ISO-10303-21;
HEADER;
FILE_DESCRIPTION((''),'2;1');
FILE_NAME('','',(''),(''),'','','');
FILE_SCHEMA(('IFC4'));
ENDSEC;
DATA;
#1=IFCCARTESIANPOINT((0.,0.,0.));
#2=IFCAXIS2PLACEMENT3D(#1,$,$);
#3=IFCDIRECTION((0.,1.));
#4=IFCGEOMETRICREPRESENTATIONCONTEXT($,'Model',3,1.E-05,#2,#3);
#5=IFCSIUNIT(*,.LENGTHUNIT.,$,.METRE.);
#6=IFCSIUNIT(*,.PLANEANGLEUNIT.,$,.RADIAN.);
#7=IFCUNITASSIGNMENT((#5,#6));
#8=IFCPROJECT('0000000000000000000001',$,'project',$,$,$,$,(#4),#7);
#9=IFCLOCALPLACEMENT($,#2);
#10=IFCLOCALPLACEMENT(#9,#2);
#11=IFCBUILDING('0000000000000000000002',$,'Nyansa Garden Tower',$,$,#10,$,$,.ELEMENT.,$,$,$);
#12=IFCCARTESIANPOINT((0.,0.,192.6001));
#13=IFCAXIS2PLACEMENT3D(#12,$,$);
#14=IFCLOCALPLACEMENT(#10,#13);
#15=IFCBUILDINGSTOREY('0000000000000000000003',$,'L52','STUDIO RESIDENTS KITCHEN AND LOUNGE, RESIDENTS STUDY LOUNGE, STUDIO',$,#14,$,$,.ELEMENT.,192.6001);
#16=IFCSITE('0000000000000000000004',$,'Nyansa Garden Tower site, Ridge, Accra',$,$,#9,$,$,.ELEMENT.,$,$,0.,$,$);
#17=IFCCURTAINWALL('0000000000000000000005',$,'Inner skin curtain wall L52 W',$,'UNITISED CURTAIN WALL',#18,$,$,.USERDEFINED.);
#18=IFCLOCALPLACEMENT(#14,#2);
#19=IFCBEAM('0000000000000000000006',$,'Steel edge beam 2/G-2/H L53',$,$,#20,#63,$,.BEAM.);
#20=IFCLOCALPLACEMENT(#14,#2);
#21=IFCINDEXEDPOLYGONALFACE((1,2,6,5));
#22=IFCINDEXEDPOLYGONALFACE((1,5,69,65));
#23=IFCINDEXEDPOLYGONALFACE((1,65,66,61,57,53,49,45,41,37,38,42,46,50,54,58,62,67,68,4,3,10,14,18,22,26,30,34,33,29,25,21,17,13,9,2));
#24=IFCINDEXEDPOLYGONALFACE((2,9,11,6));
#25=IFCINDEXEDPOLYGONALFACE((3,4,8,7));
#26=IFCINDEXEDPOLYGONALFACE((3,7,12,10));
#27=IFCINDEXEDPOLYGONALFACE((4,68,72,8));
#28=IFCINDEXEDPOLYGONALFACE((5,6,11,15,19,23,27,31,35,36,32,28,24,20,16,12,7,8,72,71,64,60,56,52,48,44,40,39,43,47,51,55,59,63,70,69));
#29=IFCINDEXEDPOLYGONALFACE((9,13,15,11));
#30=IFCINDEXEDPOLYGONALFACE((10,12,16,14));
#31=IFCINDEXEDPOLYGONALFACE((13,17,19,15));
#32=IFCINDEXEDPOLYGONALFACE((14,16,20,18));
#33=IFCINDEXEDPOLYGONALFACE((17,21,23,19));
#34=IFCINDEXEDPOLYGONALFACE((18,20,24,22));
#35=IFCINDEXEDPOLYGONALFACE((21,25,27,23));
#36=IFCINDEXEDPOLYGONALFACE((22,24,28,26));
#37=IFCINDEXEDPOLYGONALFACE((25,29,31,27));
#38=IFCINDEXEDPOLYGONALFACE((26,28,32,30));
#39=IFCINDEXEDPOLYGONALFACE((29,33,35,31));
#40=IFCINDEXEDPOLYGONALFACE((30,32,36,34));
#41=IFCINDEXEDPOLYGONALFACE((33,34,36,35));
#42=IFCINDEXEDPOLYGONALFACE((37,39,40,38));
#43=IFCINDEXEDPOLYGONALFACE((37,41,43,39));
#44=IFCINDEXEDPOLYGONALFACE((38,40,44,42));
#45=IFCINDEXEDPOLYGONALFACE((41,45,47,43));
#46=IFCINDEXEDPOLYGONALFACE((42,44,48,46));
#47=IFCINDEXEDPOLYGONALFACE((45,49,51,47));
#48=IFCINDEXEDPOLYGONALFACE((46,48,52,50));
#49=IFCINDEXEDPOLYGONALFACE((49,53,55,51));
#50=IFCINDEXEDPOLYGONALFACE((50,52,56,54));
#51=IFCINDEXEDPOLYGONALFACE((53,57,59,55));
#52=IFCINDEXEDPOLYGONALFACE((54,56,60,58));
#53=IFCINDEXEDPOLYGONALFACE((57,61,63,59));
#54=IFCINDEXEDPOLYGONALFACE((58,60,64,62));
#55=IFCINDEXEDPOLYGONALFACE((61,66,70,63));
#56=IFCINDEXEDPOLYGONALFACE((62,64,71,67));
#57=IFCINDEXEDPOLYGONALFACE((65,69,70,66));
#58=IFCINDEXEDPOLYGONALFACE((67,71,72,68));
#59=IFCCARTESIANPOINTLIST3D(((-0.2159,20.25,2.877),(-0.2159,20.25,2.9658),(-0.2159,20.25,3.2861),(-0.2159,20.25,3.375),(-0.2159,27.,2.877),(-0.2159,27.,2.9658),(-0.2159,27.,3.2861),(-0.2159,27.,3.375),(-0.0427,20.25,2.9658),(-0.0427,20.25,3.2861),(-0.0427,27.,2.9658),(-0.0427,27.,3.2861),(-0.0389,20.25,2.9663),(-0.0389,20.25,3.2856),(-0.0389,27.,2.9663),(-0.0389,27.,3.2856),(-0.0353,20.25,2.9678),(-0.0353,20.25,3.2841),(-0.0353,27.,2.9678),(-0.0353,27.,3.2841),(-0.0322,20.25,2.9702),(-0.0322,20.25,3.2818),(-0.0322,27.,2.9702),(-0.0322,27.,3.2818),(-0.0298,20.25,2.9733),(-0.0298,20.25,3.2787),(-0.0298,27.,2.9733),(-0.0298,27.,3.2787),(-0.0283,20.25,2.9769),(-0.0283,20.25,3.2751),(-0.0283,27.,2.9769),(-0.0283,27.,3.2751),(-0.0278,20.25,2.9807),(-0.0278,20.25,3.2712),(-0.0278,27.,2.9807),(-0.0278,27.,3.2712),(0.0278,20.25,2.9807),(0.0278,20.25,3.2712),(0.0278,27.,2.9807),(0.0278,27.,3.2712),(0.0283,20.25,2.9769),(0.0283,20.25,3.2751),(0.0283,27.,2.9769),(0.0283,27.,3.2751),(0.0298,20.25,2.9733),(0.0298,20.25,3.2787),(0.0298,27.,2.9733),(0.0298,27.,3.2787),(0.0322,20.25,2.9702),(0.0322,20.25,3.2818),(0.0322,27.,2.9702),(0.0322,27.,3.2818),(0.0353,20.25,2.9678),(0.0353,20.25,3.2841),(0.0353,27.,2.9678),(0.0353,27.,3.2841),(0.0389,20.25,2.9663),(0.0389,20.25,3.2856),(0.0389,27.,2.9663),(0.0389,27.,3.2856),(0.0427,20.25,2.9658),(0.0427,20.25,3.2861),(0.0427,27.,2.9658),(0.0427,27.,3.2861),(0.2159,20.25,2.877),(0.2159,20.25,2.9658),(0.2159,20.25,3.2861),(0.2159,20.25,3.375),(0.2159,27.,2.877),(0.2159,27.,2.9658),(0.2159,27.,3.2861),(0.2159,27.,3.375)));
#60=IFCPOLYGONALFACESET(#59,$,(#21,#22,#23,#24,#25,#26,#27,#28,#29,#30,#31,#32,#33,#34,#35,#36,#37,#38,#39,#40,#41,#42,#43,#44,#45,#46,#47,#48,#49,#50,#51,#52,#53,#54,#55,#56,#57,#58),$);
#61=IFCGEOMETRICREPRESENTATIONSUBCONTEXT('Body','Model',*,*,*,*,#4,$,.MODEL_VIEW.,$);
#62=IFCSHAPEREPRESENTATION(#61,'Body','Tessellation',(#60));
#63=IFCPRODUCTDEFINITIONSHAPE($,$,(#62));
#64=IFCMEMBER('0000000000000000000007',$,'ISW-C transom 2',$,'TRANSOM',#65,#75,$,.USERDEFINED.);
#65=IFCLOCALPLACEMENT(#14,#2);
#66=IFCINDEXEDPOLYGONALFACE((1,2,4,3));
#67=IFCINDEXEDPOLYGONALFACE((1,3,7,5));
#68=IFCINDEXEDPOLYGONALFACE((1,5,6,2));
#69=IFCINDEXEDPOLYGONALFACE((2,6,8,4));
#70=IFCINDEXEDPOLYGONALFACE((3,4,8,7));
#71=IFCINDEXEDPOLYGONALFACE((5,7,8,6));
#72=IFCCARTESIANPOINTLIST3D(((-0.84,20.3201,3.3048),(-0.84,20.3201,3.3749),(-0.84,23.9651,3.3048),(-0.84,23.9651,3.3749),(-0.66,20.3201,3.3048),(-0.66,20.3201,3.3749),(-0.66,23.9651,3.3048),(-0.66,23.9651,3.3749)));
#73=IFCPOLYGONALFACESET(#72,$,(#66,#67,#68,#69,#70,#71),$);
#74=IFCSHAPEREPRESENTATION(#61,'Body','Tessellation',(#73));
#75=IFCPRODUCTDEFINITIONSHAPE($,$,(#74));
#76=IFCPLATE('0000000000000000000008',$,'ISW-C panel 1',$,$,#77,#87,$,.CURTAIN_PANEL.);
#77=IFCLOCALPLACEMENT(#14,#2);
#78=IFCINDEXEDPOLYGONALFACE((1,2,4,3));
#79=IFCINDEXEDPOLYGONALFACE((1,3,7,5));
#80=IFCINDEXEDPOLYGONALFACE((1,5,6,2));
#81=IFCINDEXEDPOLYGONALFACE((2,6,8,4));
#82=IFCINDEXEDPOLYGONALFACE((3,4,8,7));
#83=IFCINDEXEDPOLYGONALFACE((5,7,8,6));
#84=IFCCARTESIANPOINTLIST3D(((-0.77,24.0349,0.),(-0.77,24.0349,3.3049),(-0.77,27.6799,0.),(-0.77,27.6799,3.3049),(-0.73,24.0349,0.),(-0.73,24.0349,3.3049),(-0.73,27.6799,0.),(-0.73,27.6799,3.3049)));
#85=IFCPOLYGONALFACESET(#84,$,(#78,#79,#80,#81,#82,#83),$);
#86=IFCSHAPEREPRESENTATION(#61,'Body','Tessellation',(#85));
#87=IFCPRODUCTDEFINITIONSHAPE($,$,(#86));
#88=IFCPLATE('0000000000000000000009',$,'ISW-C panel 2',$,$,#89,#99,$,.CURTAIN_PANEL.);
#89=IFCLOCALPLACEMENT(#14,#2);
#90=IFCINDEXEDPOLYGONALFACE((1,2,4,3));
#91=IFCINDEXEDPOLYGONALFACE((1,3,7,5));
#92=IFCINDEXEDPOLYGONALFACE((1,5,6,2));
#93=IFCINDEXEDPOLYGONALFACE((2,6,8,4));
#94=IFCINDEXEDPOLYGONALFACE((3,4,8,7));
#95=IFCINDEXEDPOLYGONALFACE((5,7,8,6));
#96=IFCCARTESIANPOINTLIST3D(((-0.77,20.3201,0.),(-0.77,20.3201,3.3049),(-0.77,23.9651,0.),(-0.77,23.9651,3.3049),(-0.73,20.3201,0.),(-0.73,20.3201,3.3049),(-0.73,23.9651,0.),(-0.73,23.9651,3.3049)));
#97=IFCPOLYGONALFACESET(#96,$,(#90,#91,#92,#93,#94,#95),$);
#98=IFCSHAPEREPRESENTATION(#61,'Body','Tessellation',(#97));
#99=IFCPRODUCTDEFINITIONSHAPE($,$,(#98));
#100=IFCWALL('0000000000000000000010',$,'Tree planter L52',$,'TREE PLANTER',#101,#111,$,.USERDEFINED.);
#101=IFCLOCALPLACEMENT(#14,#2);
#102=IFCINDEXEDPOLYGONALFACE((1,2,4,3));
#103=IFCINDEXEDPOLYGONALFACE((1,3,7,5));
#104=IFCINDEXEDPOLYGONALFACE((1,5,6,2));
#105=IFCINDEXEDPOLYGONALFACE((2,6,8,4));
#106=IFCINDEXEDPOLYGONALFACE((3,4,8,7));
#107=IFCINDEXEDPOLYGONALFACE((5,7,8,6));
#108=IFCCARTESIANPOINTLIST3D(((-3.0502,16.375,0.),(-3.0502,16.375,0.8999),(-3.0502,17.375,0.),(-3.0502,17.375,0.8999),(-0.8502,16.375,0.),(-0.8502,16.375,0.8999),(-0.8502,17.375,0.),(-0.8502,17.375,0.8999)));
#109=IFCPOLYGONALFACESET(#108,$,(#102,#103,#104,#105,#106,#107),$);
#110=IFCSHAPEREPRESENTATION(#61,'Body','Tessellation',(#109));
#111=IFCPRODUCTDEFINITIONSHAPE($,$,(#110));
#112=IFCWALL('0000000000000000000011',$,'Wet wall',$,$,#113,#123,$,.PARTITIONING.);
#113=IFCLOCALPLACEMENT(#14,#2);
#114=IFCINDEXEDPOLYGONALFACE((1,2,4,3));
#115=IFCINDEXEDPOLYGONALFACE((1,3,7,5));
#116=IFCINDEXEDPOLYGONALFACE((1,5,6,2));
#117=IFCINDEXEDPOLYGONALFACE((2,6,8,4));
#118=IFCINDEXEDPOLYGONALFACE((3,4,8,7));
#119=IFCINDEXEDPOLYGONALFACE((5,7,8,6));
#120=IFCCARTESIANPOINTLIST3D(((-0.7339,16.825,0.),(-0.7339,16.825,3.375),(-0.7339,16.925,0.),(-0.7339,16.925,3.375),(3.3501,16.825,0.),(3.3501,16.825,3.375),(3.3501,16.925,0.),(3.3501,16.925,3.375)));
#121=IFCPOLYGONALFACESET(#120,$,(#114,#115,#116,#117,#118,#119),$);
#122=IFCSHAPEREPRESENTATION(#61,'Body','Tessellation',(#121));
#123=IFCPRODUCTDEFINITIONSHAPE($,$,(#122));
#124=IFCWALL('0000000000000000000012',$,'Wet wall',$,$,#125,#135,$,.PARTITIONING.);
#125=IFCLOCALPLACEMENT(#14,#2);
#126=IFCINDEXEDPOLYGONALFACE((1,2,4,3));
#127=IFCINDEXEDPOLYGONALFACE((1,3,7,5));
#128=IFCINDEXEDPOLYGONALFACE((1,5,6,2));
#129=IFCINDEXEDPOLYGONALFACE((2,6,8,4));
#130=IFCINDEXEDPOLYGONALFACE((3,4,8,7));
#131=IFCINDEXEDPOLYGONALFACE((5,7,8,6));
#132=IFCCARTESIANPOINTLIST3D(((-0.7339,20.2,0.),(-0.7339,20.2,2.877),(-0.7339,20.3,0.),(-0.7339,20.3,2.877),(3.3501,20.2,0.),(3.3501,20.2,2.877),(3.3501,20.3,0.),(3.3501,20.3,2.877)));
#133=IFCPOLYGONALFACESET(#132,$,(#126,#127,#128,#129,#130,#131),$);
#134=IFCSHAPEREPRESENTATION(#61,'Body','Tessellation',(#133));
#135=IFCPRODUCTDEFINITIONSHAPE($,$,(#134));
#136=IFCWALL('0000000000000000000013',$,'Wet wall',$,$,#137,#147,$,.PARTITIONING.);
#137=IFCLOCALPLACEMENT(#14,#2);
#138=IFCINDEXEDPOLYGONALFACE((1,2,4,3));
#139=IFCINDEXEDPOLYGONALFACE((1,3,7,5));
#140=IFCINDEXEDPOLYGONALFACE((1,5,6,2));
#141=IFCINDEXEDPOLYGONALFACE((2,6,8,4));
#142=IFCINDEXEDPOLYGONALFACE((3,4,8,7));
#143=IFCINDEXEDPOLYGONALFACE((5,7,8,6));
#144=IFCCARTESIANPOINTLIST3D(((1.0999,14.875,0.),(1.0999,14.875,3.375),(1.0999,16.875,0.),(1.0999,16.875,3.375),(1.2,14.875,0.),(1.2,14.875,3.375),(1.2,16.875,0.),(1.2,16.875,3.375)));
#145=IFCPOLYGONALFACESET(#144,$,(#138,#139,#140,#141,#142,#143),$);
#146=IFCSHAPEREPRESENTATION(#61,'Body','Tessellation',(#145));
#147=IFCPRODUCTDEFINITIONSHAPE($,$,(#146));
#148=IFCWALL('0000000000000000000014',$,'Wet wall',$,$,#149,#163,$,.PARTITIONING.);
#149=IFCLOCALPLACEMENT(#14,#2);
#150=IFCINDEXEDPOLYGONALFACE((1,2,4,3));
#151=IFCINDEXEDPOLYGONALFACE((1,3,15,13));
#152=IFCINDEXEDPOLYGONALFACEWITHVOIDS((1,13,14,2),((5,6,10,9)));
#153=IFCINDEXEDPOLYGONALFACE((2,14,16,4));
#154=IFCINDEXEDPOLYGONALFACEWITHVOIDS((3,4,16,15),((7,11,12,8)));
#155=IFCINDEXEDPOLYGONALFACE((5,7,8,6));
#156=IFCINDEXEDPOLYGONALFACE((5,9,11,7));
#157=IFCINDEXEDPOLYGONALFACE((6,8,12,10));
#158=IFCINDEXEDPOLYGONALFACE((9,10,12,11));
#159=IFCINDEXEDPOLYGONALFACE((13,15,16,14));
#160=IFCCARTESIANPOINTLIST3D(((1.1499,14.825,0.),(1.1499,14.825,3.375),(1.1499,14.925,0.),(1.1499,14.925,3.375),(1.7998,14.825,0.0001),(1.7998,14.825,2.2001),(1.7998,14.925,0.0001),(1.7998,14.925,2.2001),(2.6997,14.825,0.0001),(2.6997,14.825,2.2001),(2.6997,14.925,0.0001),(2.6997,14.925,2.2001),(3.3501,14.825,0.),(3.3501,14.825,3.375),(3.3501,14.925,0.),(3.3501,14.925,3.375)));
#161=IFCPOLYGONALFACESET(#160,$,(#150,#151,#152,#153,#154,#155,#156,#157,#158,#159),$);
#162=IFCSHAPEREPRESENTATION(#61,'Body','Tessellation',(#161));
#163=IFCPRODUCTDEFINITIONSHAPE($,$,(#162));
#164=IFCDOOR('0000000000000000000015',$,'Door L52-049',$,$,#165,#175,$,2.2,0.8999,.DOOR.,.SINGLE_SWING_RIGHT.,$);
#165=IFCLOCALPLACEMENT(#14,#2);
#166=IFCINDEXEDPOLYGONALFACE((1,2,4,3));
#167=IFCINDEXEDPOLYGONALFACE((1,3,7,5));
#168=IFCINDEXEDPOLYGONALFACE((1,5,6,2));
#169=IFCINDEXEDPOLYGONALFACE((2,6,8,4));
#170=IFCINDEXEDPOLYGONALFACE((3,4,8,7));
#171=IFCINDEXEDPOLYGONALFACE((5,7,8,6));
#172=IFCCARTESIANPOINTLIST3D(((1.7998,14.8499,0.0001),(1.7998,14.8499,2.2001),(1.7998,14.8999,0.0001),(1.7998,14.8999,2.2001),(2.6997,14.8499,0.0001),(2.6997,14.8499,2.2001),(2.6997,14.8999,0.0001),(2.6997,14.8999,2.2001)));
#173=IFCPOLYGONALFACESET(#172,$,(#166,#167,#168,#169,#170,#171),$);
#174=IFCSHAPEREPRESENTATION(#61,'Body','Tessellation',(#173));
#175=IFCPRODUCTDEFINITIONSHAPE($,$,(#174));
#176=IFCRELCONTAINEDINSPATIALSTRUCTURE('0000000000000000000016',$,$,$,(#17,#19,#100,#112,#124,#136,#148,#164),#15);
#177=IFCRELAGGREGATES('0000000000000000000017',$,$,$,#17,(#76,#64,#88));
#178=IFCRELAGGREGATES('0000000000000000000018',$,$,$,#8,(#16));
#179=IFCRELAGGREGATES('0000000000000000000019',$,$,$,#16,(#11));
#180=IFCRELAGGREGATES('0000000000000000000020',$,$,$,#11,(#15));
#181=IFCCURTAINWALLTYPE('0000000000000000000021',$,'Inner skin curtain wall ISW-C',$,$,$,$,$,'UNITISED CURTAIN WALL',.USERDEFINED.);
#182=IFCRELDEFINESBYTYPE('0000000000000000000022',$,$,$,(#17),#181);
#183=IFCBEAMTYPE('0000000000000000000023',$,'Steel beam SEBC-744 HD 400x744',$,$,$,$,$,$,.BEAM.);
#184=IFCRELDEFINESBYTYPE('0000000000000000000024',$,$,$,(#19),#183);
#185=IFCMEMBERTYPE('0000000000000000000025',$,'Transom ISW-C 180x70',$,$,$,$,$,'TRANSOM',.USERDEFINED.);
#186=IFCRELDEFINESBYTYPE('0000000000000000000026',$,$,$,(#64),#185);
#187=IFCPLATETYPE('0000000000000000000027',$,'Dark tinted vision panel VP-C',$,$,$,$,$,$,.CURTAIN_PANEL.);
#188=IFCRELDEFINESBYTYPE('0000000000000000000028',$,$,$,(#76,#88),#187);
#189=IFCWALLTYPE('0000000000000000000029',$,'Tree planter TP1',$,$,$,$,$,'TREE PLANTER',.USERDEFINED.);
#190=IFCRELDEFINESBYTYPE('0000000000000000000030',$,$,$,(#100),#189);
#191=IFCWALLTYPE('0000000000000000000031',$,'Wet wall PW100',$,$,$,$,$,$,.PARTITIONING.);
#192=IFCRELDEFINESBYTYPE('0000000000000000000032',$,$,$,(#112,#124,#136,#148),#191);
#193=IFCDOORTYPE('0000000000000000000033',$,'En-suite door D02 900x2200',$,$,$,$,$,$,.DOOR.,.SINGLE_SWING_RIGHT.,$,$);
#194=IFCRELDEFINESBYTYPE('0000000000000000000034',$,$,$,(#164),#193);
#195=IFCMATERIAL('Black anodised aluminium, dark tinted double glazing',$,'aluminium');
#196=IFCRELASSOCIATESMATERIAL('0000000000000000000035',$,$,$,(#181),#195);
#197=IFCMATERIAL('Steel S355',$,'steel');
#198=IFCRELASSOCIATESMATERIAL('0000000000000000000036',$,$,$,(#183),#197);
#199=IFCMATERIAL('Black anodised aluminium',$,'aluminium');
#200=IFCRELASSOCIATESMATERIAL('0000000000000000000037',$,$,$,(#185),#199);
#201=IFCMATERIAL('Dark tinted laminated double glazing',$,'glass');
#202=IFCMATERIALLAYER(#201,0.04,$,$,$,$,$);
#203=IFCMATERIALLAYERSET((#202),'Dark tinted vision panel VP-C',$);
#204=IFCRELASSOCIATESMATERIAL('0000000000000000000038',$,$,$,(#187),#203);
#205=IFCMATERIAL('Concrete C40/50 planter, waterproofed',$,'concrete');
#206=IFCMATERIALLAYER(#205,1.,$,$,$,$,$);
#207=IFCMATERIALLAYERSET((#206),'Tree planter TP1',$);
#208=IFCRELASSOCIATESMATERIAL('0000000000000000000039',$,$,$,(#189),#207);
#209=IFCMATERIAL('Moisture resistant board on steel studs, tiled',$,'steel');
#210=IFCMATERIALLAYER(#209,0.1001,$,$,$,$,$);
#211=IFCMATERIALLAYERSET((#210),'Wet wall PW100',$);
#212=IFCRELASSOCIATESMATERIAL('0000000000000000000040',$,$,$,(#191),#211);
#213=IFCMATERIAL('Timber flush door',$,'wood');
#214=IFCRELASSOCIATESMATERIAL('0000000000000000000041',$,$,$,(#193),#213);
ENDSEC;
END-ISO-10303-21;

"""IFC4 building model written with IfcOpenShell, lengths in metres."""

from ifc_helpers import new_model, si_unit, direction, frame, frame_2d, origin, origin_2d, place, context, subcontext, project, spatial, rectangle, i_section, extrude, material, layer, layer_set, material_profile, profile_set, type_object, element, fill, aggregate, save


model = new_model("IFC4")

# Units and contexts
model_context = context("Model", 3, precision=1e-05, world=origin(), true_north=direction((0.0, 1.0)))
body_context = subcontext(model_context, "Body", "Model", "MODEL_VIEW")
ifc_project = project(units=[si_unit("LENGTHUNIT", "METRE"), si_unit("PLANEANGLEUNIT", "RADIAN")], contexts=[model_context])

# Site, building, storey
site_placement = place(None, origin())
site = spatial("IfcSite", under=ifc_project, at=site_placement, Name="Nyansa Garden Tower site, Ridge, Accra", CompositionType="ELEMENT", RefElevation=0.0)
building_placement = place(site_placement, origin())
building = spatial("IfcBuilding", under=site, at=building_placement, Name="Nyansa Garden Tower", CompositionType="ELEMENT")
storey_placement = place(building_placement, frame((0.0, 0.0, 192.6001)))
storey = spatial("IfcBuildingStorey", under=building, at=storey_placement, Name="L52", Description="STUDIO RESIDENTS KITCHEN AND LOUNGE, RESIDENTS STUDY LOUNGE, STUDIO", CompositionType="ELEMENT", Elevation=192.6001)

# Curtain wall
ifc_material_1 = material(Name="Black anodised aluminium, dark tinted double glazing", Category="aluminium")
curtain_wall_type = type_object("IfcCurtainWallType", Name="Inner skin curtain wall ISW-C", ElementType="UNITISED CURTAIN WALL", PredefinedType="USERDEFINED", material=ifc_material_1)
curtain_wall_placement = place(storey_placement, origin())
curtain_wall = element("IfcCurtainWall", 1, at=curtain_wall_placement, inside=storey, type_object=curtain_wall_type, Name="Inner skin curtain wall L52 W", ObjectType="UNITISED CURTAIN WALL", PredefinedType="USERDEFINED")

# Beam
ifc_material_2 = material(Name="Steel S355", Category="steel")
ifc_material_profile_1 = material_profile(ifc_material_2, i_section(OverallWidth=0.4319, OverallDepth=0.498, WebThickness=0.0557, FlangeThickness=0.0889, FilletRadius=0.0149, at=origin_2d()), Name="HD 400x744")
ifc_profile_set_1 = profile_set([ifc_material_profile_1], Name="Steel S355")
beam_type_1 = type_object("IfcBeamType", Name="Steel beam SEBC-744 HD 400x744", PredefinedType="BEAM", material=ifc_profile_set_1)
beam_placement = place(storey_placement, frame((0.0, 20.25, 3.126), z_axis=(0.0, 1.0, 0.0), x_axis=(-1.0, 0.0, 0.0)))
element("IfcBeam", 2, at=beam_placement, inside=storey, type_object=beam_type_1, Name="Steel edge beam 2/G-2/H L53", PredefinedType="BEAM", context=body_context, shape_type="SweptSolid", body=[
    extrude(i_section(OverallWidth=0.4319, OverallDepth=0.498, WebThickness=0.0557, FlangeThickness=0.0889, FilletRadius=0.0149, at=origin_2d()), origin(), (0.0, 0.0, 1.0), 6.75),
])

# Member
ifc_material_3 = material(Name="Black anodised aluminium", Category="aluminium")
ifc_material_profile_2 = material_profile(ifc_material_3, rectangle(XDim=0.1799, YDim=0.0701, at=origin_2d()), Name="Transom 180x70")
ifc_profile_set_2 = profile_set([ifc_material_profile_2], Name="Black anodised aluminium")
member_type_1 = type_object("IfcMemberType", Name="Transom ISW-C 180x70", ElementType="TRANSOM", PredefinedType="USERDEFINED", material=ifc_profile_set_2)
member_1_placement = place(storey_placement, frame((-0.75, 23.9651, 3.3398), z_axis=(0.0, -1.0, 0.0), x_axis=(1.0, 0.0, 0.0)))
member_1 = element("IfcMember", 3, at=member_1_placement, type_object=member_type_1, Name="ISW-C transom 2", ObjectType="TRANSOM", PredefinedType="USERDEFINED", context=body_context, shape_type="SweptSolid", body=[
    extrude(rectangle(XDim=0.1799, YDim=0.0701, at=origin_2d()), origin(), (0.0, 0.0, 1.0), 3.645),
])

# Plates
ifc_material_4 = material(Name="Dark tinted laminated double glazing", Category="glass")
ifc_layer_1 = layer(ifc_material_4, 0.04)
ifc_layer_set_1 = layer_set([ifc_layer_1], Name="Dark tinted vision panel VP-C")
plate_type = type_object("IfcPlateType", Name="Dark tinted vision panel VP-C", PredefinedType="CURTAIN_PANEL", material=ifc_layer_set_1)
plate_1_placement = place(storey_placement, frame((-0.75, 25.8574, 0.0), z_axis=(0.0, 0.0, 1.0), x_axis=(0.0, -1.0, 0.0)))
plate_1 = element("IfcPlate", 4, at=plate_1_placement, type_object=plate_type, Name="ISW-C panel 1", PredefinedType="CURTAIN_PANEL", context=body_context, shape_type="SweptSolid", body=[
    extrude(rectangle(XDim=3.645, YDim=0.04, at=origin_2d()), origin(), (0.0, 0.0, 1.0), 3.3049),
])
plate_2_placement = place(storey_placement, frame((-0.75, 22.1426, 0.0), z_axis=(0.0, 0.0, 1.0), x_axis=(0.0, -1.0, 0.0)))
plate_2 = element("IfcPlate", 5, at=plate_2_placement, type_object=plate_type, Name="ISW-C panel 2", PredefinedType="CURTAIN_PANEL", context=body_context, shape_type="SweptSolid", body=[
    extrude(rectangle(XDim=3.645, YDim=0.04, at=origin_2d()), origin(), (0.0, 0.0, 1.0), 3.3049),
])
aggregate(curtain_wall, [plate_1, member_1, plate_2])

# Walls
ifc_material_5 = material(Name="Concrete C40/50 planter, waterproofed", Category="concrete")
ifc_layer_2 = layer(ifc_material_5, 1.0)
ifc_layer_set_2 = layer_set([ifc_layer_2], Name="Tree planter TP1")
wall_type_1 = type_object("IfcWallType", Name="Tree planter TP1", ElementType="TREE PLANTER", PredefinedType="USERDEFINED", material=ifc_layer_set_2)
wall_1_placement = place(storey_placement, frame((-0.8501, 16.875, 0.0), z_axis=(0.0, 0.0, 1.0), x_axis=(-1.0, 0.0, 0.0)))
element("IfcWall", 6, at=wall_1_placement, inside=storey, type_object=wall_type_1, Name="Tree planter L52", ObjectType="TREE PLANTER", PredefinedType="USERDEFINED", context=body_context, shape_type="SweptSolid", body=[
    extrude(rectangle(XDim=2.2, YDim=1.0, at=frame_2d((1.1001, 0.0))), origin(), (0.0, 0.0, 1.0), 0.8999),
])
ifc_material_6 = material(Name="Moisture resistant board on steel studs, tiled", Category="steel")
ifc_layer_3 = layer(ifc_material_6, 0.1001)
ifc_layer_set_3 = layer_set([ifc_layer_3], Name="Wet wall PW100")
wall_type_2 = type_object("IfcWallType", Name="Wet wall PW100", PredefinedType="PARTITIONING", material=ifc_layer_set_3)
wall_2_placement = place(storey_placement, frame((-0.7339, 16.875, 0.0), z_axis=(0.0, 0.0, 1.0), x_axis=(1.0, 0.0, 0.0)))
element("IfcWall", 7, at=wall_2_placement, inside=storey, type_object=wall_type_2, Name="Wet wall", PredefinedType="PARTITIONING", context=body_context, shape_type="SweptSolid", body=[
    extrude(rectangle(XDim=4.084, YDim=0.1001, at=frame_2d((2.042, 0.0))), origin(), (0.0, 0.0, 1.0), 3.375),
])
wall_3_placement = place(storey_placement, frame((-0.7339, 20.25, 0.0), z_axis=(0.0, 0.0, 1.0), x_axis=(1.0, 0.0, 0.0)))
element("IfcWall", 8, at=wall_3_placement, inside=storey, type_object=wall_type_2, Name="Wet wall", PredefinedType="PARTITIONING", context=body_context, shape_type="SweptSolid", body=[
    extrude(rectangle(XDim=4.084, YDim=0.1001, at=frame_2d((2.042, 0.0))), origin(), (0.0, 0.0, 1.0), 2.877),
])
wall_4_placement = place(storey_placement, frame((1.1499, 14.875, 0.0), z_axis=(0.0, 0.0, 1.0), x_axis=(0.0, 1.0, 0.0)))
element("IfcWall", 9, at=wall_4_placement, inside=storey, type_object=wall_type_2, Name="Wet wall", PredefinedType="PARTITIONING", context=body_context, shape_type="SweptSolid", body=[
    extrude(rectangle(XDim=2.0, YDim=0.1001, at=frame_2d((1.0, 0.0))), origin(), (0.0, 0.0, 1.0), 3.375),
])

# Wall, opening, door
wall_5_placement = place(storey_placement, frame((1.1499, 14.875, 0.0), z_axis=(0.0, 0.0, 1.0), x_axis=(1.0, 0.0, 0.0)))
wall_5 = element("IfcWall", 10, at=wall_5_placement, inside=storey, type_object=wall_type_2, Name="Wet wall", PredefinedType="PARTITIONING", context=body_context, shape_type="SweptSolid", body=[
    extrude(rectangle(XDim=2.2002, YDim=0.1001, at=frame_2d((1.1001, 0.0))), origin(), (0.0, 0.0, 1.0), 3.375),
])
opening_placement = place(wall_5_placement, frame((0.6499, 0.0, 0.0)))
opening = element("IfcOpeningElement", 11, at=opening_placement, cuts=wall_5, PredefinedType="OPENING", context=body_context, shape_type="SweptSolid", body=[
    extrude(rectangle(XDim=0.8999, YDim=2.2, at=frame_2d((0.45, 1.1001))), frame((0.0, 0.0601, 0.0), z_axis=(0.0, -1.0, 0.0), x_axis=(1.0, 0.0, 0.0)), (0.0, 0.0, 1.0), 0.1201),
])
ifc_material_7 = material(Name="Timber flush door", Category="wood")
door_type = type_object("IfcDoorType", Name="En-suite door D02 900x2200", OperationType="SINGLE_SWING_RIGHT", PredefinedType="DOOR", material=ifc_material_7)
door_placement = place(opening_placement, origin())
door = element("IfcDoor", 12, at=door_placement, inside=storey, type_object=door_type, Name="Door L52-049", OperationType="SINGLE_SWING_RIGHT", OverallHeight=2.2, OverallWidth=0.8999, PredefinedType="DOOR", context=body_context, shape_type="SweptSolid", body=[
    extrude(rectangle(XDim=0.8999, YDim=2.2, at=frame_2d((0.45, 1.1001))), frame((0.0, 0.0249, 0.0), z_axis=(0.0, -1.0, 0.0), x_axis=(1.0, 0.0, 0.0)), (0.0, 0.0, 1.0), 0.05),
])
fill(opening, door)

save(model, "model.ifc")
